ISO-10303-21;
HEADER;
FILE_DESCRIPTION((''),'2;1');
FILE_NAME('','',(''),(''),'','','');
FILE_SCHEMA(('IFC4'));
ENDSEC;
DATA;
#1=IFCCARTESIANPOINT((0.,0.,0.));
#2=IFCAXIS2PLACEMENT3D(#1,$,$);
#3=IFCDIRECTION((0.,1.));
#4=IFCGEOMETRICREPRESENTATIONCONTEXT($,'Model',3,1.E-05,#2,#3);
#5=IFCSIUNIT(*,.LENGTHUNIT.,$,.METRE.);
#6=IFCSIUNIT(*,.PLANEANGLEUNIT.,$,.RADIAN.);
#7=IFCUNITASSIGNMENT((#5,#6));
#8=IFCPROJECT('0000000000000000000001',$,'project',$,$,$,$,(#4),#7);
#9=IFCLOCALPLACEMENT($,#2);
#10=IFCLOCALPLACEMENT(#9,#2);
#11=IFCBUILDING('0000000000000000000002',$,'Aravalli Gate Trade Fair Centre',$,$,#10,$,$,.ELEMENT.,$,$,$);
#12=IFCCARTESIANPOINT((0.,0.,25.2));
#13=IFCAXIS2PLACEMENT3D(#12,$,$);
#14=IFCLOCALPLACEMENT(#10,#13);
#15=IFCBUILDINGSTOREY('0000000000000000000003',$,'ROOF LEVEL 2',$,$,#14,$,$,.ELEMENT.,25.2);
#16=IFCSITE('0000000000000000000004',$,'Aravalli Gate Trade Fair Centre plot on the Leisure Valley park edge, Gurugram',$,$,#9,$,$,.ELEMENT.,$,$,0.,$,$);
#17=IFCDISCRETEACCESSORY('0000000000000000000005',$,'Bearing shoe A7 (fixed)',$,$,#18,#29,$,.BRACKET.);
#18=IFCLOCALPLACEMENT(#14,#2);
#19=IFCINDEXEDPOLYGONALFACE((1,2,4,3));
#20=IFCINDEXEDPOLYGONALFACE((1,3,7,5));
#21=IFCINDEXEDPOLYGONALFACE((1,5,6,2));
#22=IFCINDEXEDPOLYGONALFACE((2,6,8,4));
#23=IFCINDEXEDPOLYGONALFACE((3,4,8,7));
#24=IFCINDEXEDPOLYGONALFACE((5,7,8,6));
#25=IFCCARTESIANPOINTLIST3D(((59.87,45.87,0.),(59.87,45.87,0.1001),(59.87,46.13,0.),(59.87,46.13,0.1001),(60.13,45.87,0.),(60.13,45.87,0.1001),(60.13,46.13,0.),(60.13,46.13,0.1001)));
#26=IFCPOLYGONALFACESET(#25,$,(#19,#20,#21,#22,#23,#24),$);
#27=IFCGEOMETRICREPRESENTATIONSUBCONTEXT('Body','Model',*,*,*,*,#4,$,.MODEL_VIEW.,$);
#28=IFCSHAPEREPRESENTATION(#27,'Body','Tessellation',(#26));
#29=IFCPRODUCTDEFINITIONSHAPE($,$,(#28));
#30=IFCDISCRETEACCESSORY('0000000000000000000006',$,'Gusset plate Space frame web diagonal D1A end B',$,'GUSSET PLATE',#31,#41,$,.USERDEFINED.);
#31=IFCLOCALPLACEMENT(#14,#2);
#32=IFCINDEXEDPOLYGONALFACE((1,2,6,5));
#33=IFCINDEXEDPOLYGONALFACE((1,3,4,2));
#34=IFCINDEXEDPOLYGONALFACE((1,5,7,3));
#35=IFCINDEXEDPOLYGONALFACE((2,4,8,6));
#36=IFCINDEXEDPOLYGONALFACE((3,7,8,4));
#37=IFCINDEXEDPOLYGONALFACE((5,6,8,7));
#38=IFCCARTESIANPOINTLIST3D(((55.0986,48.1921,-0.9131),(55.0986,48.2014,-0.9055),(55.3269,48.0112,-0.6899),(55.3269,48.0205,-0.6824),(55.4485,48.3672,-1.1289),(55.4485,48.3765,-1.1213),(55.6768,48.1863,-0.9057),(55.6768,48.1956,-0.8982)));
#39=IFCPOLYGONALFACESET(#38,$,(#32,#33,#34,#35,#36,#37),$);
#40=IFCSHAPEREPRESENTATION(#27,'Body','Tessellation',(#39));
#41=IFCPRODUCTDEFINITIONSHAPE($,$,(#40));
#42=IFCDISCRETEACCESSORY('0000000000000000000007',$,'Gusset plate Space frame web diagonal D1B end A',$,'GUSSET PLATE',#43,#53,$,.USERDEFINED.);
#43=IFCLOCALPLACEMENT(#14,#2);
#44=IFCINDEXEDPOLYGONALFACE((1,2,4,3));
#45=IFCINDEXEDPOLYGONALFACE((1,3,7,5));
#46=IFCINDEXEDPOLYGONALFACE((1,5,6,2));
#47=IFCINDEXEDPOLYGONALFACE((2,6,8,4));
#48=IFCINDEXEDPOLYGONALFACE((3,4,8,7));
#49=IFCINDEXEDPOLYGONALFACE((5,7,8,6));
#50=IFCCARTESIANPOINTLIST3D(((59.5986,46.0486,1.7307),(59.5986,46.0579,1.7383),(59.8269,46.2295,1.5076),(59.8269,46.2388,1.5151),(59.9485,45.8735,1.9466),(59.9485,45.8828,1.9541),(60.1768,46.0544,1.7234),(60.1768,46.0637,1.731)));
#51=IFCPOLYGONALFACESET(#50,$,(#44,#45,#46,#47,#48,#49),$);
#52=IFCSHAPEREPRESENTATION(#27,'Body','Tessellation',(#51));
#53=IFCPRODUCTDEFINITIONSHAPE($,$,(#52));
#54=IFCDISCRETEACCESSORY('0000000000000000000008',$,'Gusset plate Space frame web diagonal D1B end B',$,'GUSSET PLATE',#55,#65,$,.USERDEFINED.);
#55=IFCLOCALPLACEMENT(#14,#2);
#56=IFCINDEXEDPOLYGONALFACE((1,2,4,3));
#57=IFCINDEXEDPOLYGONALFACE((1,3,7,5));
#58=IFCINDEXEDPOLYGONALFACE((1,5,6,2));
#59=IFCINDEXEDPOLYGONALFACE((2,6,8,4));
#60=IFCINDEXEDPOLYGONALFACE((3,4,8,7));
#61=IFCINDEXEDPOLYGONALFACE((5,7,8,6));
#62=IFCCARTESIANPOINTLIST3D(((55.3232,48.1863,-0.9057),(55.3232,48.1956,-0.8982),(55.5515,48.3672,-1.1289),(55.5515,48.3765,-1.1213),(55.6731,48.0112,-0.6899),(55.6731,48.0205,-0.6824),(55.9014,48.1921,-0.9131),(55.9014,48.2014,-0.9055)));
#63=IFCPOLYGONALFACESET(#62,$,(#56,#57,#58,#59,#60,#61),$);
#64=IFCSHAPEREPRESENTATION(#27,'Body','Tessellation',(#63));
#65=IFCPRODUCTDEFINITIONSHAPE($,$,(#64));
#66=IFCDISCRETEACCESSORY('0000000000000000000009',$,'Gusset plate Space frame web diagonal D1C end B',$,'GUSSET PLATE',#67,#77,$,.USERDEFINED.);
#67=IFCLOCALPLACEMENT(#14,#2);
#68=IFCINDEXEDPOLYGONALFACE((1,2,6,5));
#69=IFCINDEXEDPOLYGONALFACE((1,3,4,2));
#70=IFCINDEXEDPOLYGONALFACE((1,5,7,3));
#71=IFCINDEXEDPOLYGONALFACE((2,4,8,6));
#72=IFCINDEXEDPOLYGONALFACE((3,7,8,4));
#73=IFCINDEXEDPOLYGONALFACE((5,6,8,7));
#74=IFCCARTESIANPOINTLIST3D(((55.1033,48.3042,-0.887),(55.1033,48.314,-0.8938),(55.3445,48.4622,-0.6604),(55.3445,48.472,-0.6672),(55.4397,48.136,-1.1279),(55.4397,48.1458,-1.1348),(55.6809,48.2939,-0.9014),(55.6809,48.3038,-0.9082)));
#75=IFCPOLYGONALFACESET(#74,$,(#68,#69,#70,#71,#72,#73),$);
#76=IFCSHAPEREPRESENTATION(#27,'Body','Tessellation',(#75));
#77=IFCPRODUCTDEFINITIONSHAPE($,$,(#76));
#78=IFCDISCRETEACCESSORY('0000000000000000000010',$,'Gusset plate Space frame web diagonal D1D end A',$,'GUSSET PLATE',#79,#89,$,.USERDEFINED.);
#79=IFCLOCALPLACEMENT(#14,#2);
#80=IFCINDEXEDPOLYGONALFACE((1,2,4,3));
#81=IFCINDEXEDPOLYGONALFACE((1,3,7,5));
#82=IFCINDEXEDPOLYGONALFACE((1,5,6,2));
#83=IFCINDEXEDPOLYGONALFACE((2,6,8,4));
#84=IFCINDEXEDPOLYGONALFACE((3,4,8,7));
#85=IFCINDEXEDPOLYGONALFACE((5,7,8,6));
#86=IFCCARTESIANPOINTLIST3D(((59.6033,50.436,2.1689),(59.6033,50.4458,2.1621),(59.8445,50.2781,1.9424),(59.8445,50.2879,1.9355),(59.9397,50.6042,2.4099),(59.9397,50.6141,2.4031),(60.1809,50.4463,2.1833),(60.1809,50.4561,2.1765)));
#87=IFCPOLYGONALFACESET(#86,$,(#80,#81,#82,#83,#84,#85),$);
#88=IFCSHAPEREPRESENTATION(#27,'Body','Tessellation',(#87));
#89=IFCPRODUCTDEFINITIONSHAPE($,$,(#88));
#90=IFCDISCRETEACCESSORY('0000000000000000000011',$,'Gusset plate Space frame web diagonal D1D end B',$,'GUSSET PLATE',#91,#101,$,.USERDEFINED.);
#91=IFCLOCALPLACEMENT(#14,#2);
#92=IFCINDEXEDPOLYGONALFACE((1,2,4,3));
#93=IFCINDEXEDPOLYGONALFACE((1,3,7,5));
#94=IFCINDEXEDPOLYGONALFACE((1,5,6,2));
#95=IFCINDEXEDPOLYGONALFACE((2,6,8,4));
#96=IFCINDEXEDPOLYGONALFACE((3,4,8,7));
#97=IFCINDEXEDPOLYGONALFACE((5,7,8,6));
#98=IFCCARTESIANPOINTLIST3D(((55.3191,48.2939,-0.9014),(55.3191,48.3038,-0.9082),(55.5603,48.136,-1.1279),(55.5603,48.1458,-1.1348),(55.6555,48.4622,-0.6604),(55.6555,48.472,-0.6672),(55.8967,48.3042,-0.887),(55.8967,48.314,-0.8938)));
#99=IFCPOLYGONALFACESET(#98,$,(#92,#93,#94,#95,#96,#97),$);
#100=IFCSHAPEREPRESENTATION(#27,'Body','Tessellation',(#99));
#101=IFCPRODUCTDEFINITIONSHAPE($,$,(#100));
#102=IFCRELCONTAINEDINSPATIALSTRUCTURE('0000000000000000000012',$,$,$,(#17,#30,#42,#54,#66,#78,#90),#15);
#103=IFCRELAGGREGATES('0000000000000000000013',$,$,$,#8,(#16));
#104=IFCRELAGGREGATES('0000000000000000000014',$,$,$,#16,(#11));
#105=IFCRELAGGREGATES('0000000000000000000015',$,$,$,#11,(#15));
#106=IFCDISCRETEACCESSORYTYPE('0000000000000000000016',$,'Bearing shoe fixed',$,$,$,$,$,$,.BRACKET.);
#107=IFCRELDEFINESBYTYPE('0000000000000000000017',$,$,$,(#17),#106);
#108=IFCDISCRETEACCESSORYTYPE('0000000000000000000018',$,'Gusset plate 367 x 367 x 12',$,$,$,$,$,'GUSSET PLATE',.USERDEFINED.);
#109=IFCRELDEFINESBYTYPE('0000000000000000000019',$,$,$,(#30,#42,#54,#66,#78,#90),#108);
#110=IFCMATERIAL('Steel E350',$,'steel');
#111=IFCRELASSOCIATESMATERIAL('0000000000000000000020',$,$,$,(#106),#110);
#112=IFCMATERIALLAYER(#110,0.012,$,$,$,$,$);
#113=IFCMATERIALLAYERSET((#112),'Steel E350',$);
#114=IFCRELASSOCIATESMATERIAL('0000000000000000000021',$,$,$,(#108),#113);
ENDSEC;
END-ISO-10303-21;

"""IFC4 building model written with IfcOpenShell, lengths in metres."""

from ifc_helpers import new_model, si_unit, direction, frame, origin, origin_2d, place, context, subcontext, project, spatial, polyline, rectangle, outline, extrude, material, layer, layer_set, type_object, element, save


model = new_model("IFC4")

# Units and contexts
model_context = context("Model", 3, precision=1e-05, world=origin(), true_north=direction((0.0, 1.0)))
body_context = subcontext(model_context, "Body", "Model", "MODEL_VIEW")
ifc_project = project(units=[si_unit("LENGTHUNIT", "METRE"), si_unit("PLANEANGLEUNIT", "RADIAN")], contexts=[model_context])

# Site, building, storey
site_placement = place(None, origin())
site = spatial("IfcSite", under=ifc_project, at=site_placement, Name="Aravalli Gate Trade Fair Centre plot on the Leisure Valley park edge, Gurugram", CompositionType="ELEMENT", RefElevation=0.0)
building_placement = place(site_placement, origin())
building = spatial("IfcBuilding", under=site, at=building_placement, Name="Aravalli Gate Trade Fair Centre", CompositionType="ELEMENT")
storey_placement = place(building_placement, frame((0.0, 0.0, 25.2)))
storey = spatial("IfcBuildingStorey", under=building, at=storey_placement, Name="ROOF LEVEL 2", CompositionType="ELEMENT", Elevation=25.2)

# Shared definitions
ifc_material_1 = material(Name="Steel E350", Category="steel")

# Discrete accessories
discrete_accessory_type_1 = type_object("IfcDiscreteAccessoryType", Name="Bearing shoe fixed", PredefinedType="BRACKET", material=ifc_material_1)
discrete_accessory_1_placement = place(storey_placement, frame((60.0, 46.0, 0.0), z_axis=(0.0, 0.0, 1.0), x_axis=(1.0, 0.0, 0.0)))
element("IfcDiscreteAccessory", 1, at=discrete_accessory_1_placement, inside=storey, type_object=discrete_accessory_type_1, Name="Bearing shoe A7 (fixed)", PredefinedType="BRACKET", context=body_context, shape_type="SweptSolid", body=[
    extrude(rectangle(XDim=0.26, YDim=0.26, at=origin_2d()), origin(), (0.0, 0.0, 1.0), 0.1001),
])
ifc_layer_1 = layer(ifc_material_1, 0.012)
ifc_layer_set_1 = layer_set([ifc_layer_1], Name="Steel E350")
discrete_accessory_type_2 = type_object("IfcDiscreteAccessoryType", Name="Gusset plate 367 x 367 x 12", ElementType="GUSSET PLATE", PredefinedType="USERDEFINED", material=ifc_layer_set_1)
discrete_accessory_2_placement = place(storey_placement, frame((55.0986, 48.2014, -0.9055), z_axis=(-0.000107, 0.776736, 0.629826), x_axis=(0.783044, 0.391795, -0.48305)))
element("IfcDiscreteAccessory", 2, at=discrete_accessory_2_placement, inside=storey, type_object=discrete_accessory_type_2, Name="Gusset plate Space frame web diagonal D1A end B", ObjectType="GUSSET PLATE", PredefinedType="USERDEFINED", context=body_context, shape_type="SweptSolid", body=[
    extrude(outline(polyline([(0.0, 0.0), (0.4468, 0.0), (0.4469, -0.3669), (0.0001, -0.3669), (0.0, 0.0)])), origin(), (0.0, 0.0, -1.0), 0.012),
])
discrete_accessory_3_placement = place(storey_placement, frame((59.5986, 46.0579, 1.7383), z_axis=(0.000107, 0.776736, 0.629826), x_axis=(0.783044, -0.391795, 0.48305)))
element("IfcDiscreteAccessory", 3, at=discrete_accessory_3_placement, inside=storey, type_object=discrete_accessory_type_2, Name="Gusset plate Space frame web diagonal D1B end A", ObjectType="GUSSET PLATE", PredefinedType="USERDEFINED", context=body_context, shape_type="SweptSolid", body=[
    extrude(outline(polyline([(0.0, 0.0), (0.4468, 0.0), (0.4469, 0.3669), (0.0001, 0.3669), (0.0, 0.0)])), origin(), (0.0, 0.0, -1.0), 0.012),
])
discrete_accessory_4_placement = place(storey_placement, frame((55.6731, 48.0205, -0.6824), z_axis=(0.000107, 0.776736, 0.629826), x_axis=(-0.783044, 0.391795, -0.48305)))
element("IfcDiscreteAccessory", 4, at=discrete_accessory_4_placement, inside=storey, type_object=discrete_accessory_type_2, Name="Gusset plate Space frame web diagonal D1B end B", ObjectType="GUSSET PLATE", PredefinedType="USERDEFINED", context=body_context, shape_type="SweptSolid", body=[
    extrude(outline(polyline([(0.0, 0.0), (0.4468, 0.0), (0.4467, -0.3669), (-0.0001, -0.3669), (0.0, 0.0)])), origin(), (0.0, 0.0, -1.0), 0.012),
])
discrete_accessory_5_placement = place(storey_placement, frame((55.1033, 48.3042, -0.887), z_axis=(-0.000292, -0.820164, 0.572128), x_axis=(0.753132, -0.376566, -0.539435)))
element("IfcDiscreteAccessory", 5, at=discrete_accessory_5_placement, inside=storey, type_object=discrete_accessory_type_2, Name="Gusset plate Space frame web diagonal D1C end B", ObjectType="GUSSET PLATE", PredefinedType="USERDEFINED", context=body_context, shape_type="SweptSolid", body=[
    extrude(outline(polyline([(0.0, 0.0), (0.4467, 0.0), (0.4467, 0.3667), (0.0, 0.3667), (0.0, 0.0)])), origin(), (0.0, 0.0, -1.0), 0.012),
])
discrete_accessory_6_placement = place(storey_placement, frame((59.6033, 50.436, 2.1689), z_axis=(0.000292, -0.820164, 0.572128), x_axis=(0.753132, 0.376566, 0.539435)))
element("IfcDiscreteAccessory", 6, at=discrete_accessory_6_placement, inside=storey, type_object=discrete_accessory_type_2, Name="Gusset plate Space frame web diagonal D1D end A", ObjectType="GUSSET PLATE", PredefinedType="USERDEFINED", context=body_context, shape_type="SweptSolid", body=[
    extrude(outline(polyline([(0.0, 0.0), (0.4467, 0.0), (0.4467, -0.3667), (0.0, -0.3667), (0.0, 0.0)])), origin(), (0.0, 0.0, -1.0), 0.012),
])
discrete_accessory_7_placement = place(storey_placement, frame((55.6555, 48.4622, -0.6604), z_axis=(0.000292, -0.820164, 0.572128), x_axis=(-0.753132, -0.376566, -0.539435)))
element("IfcDiscreteAccessory", 7, at=discrete_accessory_7_placement, inside=storey, type_object=discrete_accessory_type_2, Name="Gusset plate Space frame web diagonal D1D end B", ObjectType="GUSSET PLATE", PredefinedType="USERDEFINED", context=body_context, shape_type="SweptSolid", body=[
    extrude(outline(polyline([(0.0, 0.0), (0.4467, 0.0), (0.4467, 0.3667), (0.0, 0.3667), (0.0, 0.0)])), origin(), (0.0, 0.0, -1.0), 0.012),
])

save(model, "model.ifc")
